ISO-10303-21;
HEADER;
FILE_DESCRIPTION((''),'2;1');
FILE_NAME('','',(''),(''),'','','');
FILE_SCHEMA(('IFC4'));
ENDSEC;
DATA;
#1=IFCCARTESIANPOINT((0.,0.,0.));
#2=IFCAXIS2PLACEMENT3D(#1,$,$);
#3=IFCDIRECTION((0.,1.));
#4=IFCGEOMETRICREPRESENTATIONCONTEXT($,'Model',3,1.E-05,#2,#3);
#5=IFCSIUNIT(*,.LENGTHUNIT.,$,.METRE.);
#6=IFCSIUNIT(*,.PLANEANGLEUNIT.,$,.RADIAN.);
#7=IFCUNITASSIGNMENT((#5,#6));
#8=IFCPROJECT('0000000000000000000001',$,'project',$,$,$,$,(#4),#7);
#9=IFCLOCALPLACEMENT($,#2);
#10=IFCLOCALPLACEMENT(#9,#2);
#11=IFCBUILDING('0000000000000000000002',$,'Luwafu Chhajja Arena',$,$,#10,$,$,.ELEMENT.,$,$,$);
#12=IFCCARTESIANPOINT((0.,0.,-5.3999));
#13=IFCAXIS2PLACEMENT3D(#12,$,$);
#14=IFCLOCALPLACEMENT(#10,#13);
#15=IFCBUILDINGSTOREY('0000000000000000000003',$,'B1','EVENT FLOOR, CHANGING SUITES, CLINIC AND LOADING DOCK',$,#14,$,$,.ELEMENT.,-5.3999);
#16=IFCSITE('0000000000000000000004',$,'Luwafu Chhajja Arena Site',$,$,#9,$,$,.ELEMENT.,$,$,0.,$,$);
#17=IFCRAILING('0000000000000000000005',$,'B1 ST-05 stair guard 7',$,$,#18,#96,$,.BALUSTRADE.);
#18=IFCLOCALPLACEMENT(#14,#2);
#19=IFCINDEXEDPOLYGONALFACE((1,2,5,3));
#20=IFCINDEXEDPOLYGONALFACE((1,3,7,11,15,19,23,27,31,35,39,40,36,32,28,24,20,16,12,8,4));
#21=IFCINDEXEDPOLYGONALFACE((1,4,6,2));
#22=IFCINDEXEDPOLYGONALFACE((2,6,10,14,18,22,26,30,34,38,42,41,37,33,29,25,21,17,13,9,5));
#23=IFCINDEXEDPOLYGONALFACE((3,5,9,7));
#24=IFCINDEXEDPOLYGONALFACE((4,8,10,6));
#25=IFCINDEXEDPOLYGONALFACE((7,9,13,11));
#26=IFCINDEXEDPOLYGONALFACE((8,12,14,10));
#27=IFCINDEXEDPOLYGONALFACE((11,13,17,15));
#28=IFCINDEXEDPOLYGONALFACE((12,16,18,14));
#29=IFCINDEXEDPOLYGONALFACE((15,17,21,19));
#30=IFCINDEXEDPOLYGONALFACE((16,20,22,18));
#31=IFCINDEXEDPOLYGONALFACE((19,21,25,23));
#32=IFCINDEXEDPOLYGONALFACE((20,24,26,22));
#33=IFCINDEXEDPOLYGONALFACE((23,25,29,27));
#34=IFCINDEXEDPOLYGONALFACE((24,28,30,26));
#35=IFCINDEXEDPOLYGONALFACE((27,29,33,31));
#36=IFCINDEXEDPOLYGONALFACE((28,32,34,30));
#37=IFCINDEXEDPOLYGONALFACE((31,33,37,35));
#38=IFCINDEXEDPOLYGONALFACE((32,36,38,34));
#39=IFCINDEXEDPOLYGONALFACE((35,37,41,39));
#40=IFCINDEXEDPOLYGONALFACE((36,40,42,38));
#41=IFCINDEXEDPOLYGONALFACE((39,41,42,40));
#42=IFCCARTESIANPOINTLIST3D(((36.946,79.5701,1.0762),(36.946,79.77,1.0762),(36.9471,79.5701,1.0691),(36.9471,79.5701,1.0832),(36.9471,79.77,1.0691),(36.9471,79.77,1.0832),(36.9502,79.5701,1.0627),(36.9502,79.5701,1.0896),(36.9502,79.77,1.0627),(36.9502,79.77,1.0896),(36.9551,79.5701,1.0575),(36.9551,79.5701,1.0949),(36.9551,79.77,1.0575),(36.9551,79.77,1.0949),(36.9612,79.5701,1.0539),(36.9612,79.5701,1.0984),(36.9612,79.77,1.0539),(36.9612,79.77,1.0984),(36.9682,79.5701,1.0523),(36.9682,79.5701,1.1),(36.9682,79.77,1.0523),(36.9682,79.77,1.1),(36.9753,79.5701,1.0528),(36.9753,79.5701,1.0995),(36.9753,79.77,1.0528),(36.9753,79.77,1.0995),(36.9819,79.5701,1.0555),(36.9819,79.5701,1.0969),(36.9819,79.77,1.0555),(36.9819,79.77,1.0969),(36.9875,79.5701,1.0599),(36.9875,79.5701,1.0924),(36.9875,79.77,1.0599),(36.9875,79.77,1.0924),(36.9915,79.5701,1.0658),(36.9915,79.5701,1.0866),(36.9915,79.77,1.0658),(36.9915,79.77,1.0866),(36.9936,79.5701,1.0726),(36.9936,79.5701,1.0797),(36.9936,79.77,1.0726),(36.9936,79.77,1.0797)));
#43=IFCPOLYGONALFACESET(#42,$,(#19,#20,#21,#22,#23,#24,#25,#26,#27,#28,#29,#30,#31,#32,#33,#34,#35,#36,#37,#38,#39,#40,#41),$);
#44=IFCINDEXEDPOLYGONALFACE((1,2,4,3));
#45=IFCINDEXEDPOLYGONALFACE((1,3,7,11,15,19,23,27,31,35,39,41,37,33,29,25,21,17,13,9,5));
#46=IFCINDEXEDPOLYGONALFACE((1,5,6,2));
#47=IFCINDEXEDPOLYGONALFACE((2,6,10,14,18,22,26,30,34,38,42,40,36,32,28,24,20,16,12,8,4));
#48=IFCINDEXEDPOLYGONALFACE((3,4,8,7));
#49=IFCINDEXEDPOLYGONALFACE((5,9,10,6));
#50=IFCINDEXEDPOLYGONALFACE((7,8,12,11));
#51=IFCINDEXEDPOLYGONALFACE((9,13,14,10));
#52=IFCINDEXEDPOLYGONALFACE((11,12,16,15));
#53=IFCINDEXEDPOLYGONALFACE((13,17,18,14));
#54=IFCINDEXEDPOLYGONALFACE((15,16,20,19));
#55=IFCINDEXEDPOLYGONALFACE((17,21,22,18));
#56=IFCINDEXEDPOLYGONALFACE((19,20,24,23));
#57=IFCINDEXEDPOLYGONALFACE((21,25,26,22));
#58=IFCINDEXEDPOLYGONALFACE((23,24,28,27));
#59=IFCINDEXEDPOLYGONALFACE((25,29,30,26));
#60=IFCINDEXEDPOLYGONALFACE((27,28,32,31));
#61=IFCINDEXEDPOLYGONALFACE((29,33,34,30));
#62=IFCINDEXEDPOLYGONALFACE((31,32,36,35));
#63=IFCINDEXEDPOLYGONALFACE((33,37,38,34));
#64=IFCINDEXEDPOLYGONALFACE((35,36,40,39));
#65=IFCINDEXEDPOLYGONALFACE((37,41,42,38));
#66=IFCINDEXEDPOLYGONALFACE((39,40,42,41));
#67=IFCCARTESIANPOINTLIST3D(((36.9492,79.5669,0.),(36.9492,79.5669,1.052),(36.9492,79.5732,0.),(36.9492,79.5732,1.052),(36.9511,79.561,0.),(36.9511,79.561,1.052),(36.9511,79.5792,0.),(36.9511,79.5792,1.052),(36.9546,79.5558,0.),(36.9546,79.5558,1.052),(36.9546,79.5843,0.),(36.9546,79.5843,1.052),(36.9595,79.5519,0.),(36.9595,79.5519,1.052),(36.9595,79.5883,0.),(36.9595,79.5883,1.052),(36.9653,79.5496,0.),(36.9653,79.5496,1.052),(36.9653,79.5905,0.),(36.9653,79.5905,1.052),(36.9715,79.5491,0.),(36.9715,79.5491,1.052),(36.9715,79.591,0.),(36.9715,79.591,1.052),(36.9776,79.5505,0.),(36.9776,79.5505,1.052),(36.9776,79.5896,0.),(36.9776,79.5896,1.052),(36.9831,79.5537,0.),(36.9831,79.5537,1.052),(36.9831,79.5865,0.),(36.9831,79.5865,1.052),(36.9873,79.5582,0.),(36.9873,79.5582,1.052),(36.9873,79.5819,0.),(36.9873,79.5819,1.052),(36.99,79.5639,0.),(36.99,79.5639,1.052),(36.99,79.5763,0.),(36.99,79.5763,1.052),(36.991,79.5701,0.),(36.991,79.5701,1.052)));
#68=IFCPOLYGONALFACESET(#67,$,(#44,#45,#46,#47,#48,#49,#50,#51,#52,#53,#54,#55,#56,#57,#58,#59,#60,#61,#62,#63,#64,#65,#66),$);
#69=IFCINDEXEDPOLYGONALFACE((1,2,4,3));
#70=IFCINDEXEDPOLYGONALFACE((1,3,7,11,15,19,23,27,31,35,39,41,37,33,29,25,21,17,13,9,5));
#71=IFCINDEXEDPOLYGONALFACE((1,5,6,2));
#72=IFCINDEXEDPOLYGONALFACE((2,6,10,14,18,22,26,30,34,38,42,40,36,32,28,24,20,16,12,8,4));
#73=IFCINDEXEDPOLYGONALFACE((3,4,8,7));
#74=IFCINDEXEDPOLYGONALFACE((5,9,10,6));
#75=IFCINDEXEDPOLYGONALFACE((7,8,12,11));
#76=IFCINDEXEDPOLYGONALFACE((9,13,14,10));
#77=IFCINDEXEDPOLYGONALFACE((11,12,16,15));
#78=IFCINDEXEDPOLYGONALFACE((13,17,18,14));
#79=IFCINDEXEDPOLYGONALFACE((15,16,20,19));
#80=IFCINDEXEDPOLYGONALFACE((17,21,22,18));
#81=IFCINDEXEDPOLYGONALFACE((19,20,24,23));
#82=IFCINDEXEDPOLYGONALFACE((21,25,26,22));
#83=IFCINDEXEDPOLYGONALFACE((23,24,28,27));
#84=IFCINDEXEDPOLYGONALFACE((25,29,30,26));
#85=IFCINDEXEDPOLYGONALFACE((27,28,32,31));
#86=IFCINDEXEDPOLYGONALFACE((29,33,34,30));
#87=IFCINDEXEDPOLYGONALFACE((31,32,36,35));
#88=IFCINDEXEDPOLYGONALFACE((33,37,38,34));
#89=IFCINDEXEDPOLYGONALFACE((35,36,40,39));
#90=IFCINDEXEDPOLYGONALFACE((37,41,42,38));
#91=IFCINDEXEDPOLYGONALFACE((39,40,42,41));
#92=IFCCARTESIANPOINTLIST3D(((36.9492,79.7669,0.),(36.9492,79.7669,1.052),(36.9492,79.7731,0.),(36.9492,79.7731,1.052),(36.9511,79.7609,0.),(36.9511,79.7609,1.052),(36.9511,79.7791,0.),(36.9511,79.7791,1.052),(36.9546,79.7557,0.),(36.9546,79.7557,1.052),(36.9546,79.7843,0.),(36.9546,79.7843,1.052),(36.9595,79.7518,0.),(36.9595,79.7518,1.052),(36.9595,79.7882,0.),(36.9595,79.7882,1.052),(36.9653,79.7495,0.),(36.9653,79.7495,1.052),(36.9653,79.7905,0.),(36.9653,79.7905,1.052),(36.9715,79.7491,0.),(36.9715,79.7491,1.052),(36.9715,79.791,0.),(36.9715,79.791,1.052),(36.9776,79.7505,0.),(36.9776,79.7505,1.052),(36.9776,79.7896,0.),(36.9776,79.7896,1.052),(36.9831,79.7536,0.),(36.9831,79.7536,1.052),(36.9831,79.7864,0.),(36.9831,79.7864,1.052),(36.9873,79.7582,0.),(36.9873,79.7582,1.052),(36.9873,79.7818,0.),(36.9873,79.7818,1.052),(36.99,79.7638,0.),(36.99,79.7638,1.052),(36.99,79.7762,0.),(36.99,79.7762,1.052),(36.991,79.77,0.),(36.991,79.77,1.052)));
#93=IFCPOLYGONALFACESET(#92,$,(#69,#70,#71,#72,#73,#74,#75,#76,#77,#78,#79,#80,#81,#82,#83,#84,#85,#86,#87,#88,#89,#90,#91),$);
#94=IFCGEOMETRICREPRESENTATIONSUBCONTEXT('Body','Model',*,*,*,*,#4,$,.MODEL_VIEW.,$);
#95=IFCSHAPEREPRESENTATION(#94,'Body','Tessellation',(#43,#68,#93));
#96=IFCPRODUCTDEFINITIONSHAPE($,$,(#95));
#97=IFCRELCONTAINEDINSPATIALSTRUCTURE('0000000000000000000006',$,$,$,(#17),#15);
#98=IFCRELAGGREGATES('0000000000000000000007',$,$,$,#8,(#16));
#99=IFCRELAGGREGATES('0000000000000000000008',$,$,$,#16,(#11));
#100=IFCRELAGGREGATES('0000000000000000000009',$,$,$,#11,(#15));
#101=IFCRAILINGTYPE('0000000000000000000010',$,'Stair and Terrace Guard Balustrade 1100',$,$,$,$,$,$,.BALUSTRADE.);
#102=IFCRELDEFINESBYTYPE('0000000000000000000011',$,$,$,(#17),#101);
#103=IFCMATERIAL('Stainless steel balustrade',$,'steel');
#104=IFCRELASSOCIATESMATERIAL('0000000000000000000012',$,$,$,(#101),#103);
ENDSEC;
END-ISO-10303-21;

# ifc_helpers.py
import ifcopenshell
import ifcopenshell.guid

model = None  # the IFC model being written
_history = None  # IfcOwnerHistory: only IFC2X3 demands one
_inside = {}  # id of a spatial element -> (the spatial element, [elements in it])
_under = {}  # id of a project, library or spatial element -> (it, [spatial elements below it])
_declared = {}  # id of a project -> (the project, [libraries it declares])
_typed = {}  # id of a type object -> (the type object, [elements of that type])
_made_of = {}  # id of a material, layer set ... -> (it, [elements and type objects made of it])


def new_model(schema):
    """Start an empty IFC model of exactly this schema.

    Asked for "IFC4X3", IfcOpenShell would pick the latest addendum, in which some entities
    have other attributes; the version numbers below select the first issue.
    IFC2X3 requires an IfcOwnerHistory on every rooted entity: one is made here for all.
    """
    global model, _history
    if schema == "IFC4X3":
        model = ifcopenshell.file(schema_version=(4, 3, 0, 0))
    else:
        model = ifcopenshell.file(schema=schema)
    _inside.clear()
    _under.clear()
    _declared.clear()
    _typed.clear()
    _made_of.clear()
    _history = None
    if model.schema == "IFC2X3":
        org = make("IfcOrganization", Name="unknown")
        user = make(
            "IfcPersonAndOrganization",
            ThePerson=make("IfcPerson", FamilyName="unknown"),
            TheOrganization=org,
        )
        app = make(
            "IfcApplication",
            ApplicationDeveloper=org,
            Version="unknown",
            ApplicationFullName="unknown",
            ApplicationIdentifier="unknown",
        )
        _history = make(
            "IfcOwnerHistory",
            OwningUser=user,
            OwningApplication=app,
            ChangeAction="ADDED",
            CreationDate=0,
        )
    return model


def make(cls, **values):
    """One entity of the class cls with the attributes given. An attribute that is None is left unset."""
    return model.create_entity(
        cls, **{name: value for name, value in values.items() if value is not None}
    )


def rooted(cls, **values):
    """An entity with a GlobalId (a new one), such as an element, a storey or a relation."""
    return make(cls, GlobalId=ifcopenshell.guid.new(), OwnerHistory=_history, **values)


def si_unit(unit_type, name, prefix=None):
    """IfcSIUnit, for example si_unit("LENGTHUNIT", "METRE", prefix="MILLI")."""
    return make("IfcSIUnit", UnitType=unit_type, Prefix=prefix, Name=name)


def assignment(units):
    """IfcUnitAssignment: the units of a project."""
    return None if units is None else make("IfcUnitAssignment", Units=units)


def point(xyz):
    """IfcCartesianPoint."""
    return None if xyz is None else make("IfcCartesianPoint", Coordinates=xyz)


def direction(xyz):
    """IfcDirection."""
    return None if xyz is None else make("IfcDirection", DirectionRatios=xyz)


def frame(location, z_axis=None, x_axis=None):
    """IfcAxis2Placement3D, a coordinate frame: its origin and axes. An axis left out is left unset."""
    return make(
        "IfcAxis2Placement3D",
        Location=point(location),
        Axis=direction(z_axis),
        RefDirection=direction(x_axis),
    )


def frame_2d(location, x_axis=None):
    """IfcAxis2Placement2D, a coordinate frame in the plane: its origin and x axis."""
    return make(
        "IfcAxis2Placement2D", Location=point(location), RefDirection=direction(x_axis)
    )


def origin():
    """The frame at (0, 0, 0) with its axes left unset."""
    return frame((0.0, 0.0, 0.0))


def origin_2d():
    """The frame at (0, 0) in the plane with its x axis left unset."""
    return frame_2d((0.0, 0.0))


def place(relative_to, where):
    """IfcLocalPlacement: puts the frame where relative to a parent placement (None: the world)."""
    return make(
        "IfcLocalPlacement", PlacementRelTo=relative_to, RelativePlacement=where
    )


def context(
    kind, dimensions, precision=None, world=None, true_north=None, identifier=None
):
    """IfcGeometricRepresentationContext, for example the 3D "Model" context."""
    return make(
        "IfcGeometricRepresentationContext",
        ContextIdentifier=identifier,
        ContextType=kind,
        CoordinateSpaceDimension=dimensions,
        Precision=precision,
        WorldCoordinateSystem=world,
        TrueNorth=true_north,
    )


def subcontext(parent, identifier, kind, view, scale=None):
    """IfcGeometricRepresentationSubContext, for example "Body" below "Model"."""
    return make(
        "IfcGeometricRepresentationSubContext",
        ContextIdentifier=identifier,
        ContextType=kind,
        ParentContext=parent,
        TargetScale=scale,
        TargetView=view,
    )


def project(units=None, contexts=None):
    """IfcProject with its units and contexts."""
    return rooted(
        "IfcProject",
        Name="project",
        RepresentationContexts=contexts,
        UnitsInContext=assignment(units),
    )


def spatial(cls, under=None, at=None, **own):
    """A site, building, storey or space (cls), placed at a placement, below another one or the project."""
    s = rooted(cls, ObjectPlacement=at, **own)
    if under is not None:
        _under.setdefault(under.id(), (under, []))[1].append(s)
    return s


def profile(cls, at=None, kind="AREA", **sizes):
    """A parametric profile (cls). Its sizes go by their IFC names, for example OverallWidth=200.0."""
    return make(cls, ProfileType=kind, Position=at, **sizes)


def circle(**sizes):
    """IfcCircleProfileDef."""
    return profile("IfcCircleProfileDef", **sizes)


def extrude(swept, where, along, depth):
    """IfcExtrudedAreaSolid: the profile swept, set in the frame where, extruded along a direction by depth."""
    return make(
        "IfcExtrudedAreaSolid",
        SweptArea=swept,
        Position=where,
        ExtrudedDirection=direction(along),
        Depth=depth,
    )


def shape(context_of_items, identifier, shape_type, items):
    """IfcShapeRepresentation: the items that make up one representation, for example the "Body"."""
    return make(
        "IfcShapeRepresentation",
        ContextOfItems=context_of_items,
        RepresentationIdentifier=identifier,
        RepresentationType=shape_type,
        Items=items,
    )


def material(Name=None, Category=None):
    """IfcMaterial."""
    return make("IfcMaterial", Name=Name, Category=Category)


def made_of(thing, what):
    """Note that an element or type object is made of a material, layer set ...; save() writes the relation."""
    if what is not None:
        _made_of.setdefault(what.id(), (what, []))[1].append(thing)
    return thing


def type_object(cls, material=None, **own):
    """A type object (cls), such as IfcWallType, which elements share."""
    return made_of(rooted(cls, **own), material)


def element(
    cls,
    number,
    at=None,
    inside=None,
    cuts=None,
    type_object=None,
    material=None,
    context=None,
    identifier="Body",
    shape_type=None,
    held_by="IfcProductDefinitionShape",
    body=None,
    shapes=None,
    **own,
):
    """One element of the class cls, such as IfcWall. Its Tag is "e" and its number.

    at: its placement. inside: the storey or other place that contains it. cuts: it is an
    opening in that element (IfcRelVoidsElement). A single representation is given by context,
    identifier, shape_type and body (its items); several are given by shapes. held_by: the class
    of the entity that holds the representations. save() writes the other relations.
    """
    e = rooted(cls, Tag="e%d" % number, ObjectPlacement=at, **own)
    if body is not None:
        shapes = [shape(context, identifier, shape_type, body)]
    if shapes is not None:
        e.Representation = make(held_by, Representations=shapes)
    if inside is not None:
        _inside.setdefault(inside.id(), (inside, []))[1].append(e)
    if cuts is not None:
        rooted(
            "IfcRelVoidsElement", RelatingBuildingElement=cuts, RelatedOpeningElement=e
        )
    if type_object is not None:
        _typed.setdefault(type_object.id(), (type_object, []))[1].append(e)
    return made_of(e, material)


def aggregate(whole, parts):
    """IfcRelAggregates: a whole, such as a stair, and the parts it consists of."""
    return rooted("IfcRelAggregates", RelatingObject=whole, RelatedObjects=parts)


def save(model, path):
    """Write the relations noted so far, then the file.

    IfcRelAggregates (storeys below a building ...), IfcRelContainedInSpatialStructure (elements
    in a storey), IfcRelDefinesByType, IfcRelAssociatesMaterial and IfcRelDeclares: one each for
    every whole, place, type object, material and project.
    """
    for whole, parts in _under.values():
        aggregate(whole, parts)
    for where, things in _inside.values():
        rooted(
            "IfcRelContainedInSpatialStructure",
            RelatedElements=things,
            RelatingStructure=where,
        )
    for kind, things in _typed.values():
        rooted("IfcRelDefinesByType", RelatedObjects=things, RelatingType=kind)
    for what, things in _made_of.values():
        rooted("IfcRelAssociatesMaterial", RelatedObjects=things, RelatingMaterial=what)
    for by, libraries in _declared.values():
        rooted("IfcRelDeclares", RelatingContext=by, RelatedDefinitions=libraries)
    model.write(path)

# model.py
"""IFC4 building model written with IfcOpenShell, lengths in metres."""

from ifc_helpers import new_model, si_unit, direction, frame, origin, origin_2d, place, context, subcontext, project, spatial, circle, extrude, material, type_object, element, save


model = new_model("IFC4")

# Units and contexts
model_context = context("Model", 3, precision=1e-05, world=origin(), true_north=direction((0.0, 1.0)))
body_context = subcontext(model_context, "Body", "Model", "MODEL_VIEW")
ifc_project = project(units=[si_unit("LENGTHUNIT", "METRE"), si_unit("PLANEANGLEUNIT", "RADIAN")], contexts=[model_context])

# Site, building, storey
site_placement = place(None, origin())
site = spatial("IfcSite", under=ifc_project, at=site_placement, Name="Luwafu Chhajja Arena Site", CompositionType="ELEMENT", RefElevation=0.0)
building_placement = place(site_placement, origin())
building = spatial("IfcBuilding", under=site, at=building_placement, Name="Luwafu Chhajja Arena", CompositionType="ELEMENT")
storey_placement = place(building_placement, frame((0.0, 0.0, -5.3999)))
storey = spatial("IfcBuildingStorey", under=building, at=storey_placement, Name="B1", Description="EVENT FLOOR, CHANGING SUITES, CLINIC AND LOADING DOCK", CompositionType="ELEMENT", Elevation=-5.3999)

# Railing
ifc_material_1 = material(Name="Stainless steel balustrade", Category="steel")
railing_type_1 = type_object("IfcRailingType", Name="Stair and Terrace Guard Balustrade 1100", PredefinedType="BALUSTRADE", material=ifc_material_1)
railing_1_placement = place(storey_placement, frame((36.97, 79.5701, 0.0)))
element("IfcRailing", 1, at=railing_1_placement, inside=storey, type_object=railing_type_1, Name="B1 ST-05 stair guard 7", PredefinedType="BALUSTRADE", context=body_context, shape_type="SweptSolid", body=[
    extrude(circle(Radius=0.0239, at=origin_2d()), frame((0.0, 0.0, 1.0762), z_axis=(0.0, 1.0, 0.0), x_axis=(-1.0, 0.0, 0.0)), (0.0, 0.0, 1.0), 0.2),
    extrude(circle(Radius=0.021, at=origin_2d()), origin(), (0.0, 0.0, 1.0), 1.052),
    extrude(circle(Radius=0.021, at=origin_2d()), frame((0.0, 0.2, 0.0)), (0.0, 0.0, 1.0), 1.052),
])

save(model, "model.ifc")
